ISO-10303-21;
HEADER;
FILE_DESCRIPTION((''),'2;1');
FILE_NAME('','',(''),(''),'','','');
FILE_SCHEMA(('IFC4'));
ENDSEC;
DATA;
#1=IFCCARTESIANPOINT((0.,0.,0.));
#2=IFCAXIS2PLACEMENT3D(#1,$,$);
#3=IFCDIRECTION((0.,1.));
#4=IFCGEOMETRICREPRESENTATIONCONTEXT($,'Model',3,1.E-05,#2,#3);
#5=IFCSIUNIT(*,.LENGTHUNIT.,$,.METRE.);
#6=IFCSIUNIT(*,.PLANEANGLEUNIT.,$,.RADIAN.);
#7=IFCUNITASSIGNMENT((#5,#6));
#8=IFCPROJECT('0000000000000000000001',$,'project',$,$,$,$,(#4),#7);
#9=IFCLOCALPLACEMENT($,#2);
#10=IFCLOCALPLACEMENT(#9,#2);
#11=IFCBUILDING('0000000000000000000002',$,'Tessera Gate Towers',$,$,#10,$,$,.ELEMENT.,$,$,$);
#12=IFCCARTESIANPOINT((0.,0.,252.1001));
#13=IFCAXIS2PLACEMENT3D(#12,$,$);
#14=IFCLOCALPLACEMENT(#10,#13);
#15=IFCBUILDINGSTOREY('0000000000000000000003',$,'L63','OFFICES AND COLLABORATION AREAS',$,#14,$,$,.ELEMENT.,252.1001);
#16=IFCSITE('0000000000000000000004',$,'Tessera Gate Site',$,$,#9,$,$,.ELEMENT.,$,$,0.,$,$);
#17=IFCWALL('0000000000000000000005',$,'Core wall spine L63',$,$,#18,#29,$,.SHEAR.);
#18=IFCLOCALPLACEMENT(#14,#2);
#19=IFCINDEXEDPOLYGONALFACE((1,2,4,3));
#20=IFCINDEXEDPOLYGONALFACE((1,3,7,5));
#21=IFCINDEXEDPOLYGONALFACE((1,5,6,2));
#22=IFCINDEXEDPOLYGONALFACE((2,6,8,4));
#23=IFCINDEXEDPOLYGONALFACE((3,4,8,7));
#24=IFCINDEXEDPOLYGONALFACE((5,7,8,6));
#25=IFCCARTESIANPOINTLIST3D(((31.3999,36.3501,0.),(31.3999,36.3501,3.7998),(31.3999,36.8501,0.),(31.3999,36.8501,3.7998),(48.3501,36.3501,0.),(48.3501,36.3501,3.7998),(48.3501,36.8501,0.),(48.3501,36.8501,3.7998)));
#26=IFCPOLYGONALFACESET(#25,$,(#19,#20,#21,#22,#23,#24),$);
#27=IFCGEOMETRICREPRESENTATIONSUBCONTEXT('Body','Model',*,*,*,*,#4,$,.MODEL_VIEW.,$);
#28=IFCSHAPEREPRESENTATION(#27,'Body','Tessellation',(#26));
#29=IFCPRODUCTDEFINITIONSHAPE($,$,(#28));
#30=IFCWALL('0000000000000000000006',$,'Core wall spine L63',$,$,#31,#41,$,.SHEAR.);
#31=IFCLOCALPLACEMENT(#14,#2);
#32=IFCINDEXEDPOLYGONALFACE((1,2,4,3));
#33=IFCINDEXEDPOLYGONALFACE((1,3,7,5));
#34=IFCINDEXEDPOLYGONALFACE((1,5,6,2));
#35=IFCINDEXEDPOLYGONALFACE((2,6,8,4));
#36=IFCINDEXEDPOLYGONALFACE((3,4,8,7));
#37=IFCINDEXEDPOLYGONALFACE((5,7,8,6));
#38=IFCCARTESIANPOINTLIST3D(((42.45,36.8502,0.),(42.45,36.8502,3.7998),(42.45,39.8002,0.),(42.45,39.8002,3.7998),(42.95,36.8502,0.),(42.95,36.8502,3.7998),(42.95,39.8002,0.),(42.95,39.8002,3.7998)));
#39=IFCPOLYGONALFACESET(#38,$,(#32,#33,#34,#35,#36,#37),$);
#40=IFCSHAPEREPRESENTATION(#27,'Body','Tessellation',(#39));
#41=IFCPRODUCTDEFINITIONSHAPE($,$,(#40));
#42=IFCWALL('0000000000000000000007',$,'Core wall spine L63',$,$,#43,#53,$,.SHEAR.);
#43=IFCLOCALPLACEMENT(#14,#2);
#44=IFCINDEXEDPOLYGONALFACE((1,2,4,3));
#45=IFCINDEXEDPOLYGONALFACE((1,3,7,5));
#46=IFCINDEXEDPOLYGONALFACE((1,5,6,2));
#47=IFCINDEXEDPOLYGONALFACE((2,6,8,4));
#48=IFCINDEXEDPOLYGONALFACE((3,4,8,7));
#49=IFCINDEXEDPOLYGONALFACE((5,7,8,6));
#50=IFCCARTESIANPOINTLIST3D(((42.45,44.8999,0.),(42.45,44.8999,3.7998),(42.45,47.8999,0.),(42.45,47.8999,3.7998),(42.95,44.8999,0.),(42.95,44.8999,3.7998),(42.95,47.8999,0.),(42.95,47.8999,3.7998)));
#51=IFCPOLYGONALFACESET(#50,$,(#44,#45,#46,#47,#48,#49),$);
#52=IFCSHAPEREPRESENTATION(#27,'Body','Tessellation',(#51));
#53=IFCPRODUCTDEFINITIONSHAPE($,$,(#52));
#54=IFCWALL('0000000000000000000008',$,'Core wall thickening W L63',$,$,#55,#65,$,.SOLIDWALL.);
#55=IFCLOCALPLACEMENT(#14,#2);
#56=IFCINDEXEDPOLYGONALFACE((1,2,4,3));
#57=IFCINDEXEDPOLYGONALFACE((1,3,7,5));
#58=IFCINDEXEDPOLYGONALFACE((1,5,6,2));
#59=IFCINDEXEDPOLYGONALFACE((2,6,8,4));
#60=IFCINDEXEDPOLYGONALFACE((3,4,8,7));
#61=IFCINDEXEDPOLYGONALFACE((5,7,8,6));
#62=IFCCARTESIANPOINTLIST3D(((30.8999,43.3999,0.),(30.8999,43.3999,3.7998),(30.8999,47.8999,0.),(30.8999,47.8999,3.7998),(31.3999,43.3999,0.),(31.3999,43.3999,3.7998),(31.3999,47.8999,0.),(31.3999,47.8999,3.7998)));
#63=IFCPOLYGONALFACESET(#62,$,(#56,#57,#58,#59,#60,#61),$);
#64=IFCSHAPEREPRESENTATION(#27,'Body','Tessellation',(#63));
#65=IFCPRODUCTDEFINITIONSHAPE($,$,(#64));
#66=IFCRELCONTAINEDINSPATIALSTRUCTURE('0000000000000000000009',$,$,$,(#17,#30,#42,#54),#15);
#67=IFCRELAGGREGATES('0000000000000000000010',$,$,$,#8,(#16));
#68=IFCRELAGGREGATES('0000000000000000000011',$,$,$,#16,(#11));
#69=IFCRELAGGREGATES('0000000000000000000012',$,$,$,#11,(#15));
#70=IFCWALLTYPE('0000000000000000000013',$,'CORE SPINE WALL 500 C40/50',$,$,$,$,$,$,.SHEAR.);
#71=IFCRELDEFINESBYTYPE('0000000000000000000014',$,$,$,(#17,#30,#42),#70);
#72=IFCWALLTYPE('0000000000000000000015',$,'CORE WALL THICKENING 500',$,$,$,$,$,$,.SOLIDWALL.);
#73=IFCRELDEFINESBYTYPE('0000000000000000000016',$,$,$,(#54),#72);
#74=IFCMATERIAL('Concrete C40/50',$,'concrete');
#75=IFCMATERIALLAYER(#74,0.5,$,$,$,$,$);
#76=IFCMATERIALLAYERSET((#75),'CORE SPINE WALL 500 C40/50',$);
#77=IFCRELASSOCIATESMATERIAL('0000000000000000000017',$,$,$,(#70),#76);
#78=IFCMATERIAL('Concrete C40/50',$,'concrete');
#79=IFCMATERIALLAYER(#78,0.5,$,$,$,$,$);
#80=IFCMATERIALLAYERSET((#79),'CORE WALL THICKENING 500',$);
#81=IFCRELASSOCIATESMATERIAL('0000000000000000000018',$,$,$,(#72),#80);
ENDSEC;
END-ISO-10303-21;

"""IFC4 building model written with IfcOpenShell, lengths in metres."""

from ifc_helpers import new_model, si_unit, direction, frame, frame_2d, origin, place, context, subcontext, project, spatial, rectangle, extrude, material, layer, layer_set, type_object, element, save


model = new_model("IFC4")

# Units and contexts
model_context = context("Model", 3, precision=1e-05, world=origin(), true_north=direction((0.0, 1.0)))
body_context = subcontext(model_context, "Body", "Model", "MODEL_VIEW")
ifc_project = project(units=[si_unit("LENGTHUNIT", "METRE"), si_unit("PLANEANGLEUNIT", "RADIAN")], contexts=[model_context])

# Site, building, storey
site_placement = place(None, origin())
site = spatial("IfcSite", under=ifc_project, at=site_placement, Name="Tessera Gate Site", CompositionType="ELEMENT", RefElevation=0.0)
building_placement = place(site_placement, origin())
building = spatial("IfcBuilding", under=site, at=building_placement, Name="Tessera Gate Towers", CompositionType="ELEMENT")
storey_placement = place(building_placement, frame((0.0, 0.0, 252.1001)))
storey = spatial("IfcBuildingStorey", under=building, at=storey_placement, Name="L63", Description="OFFICES AND COLLABORATION AREAS", CompositionType="ELEMENT", Elevation=252.1001)

# Walls
ifc_material_1 = material(Name="Concrete C40/50", Category="concrete")
ifc_layer_1 = layer(ifc_material_1, 0.5)
ifc_layer_set_1 = layer_set([ifc_layer_1], Name="CORE SPINE WALL 500 C40/50")
wall_type_1 = type_object("IfcWallType", Name="CORE SPINE WALL 500 C40/50", PredefinedType="SHEAR", material=ifc_layer_set_1)
wall_1_placement = place(storey_placement, frame((31.3999, 36.6001, 0.0), z_axis=(0.0, 0.0, 1.0), x_axis=(1.0, 0.0, 0.0)))
element("IfcWall", 1, at=wall_1_placement, inside=storey, type_object=wall_type_1, Name="Core wall spine L63", PredefinedType="SHEAR", context=body_context, shape_type="SweptSolid", body=[
    extrude(rectangle(XDim=16.9502, YDim=0.5, at=frame_2d((8.4751, 0.0))), origin(), (0.0, 0.0, 1.0), 3.7998),
])
wall_2_placement = place(storey_placement, frame((42.7, 36.8501, 0.0), z_axis=(0.0, 0.0, 1.0), x_axis=(0.0, 1.0, 0.0)))
element("IfcWall", 2, at=wall_2_placement, inside=storey, type_object=wall_type_1, Name="Core wall spine L63", PredefinedType="SHEAR", context=body_context, shape_type="SweptSolid", body=[
    extrude(rectangle(XDim=2.95, YDim=0.5, at=frame_2d((1.4751, 0.0))), origin(), (0.0, 0.0, 1.0), 3.7998),
])
wall_3_placement = place(storey_placement, frame((42.7, 44.8999, 0.0), z_axis=(0.0, 0.0, 1.0), x_axis=(0.0, 1.0, 0.0)))
element("IfcWall", 3, at=wall_3_placement, inside=storey, type_object=wall_type_1, Name="Core wall spine L63", PredefinedType="SHEAR", context=body_context, shape_type="SweptSolid", body=[
    extrude(rectangle(XDim=3.0, YDim=0.5, at=frame_2d((1.5, 0.0))), origin(), (0.0, 0.0, 1.0), 3.7998),
])
ifc_material_2 = material(Name="Concrete C40/50", Category="concrete")
ifc_layer_2 = layer(ifc_material_2, 0.5)
ifc_layer_set_2 = layer_set([ifc_layer_2], Name="CORE WALL THICKENING 500")
wall_type_2 = type_object("IfcWallType", Name="CORE WALL THICKENING 500", PredefinedType="SOLIDWALL", material=ifc_layer_set_2)
wall_4_placement = place(storey_placement, frame((31.1499, 43.3999, 0.0), z_axis=(0.0, 0.0, 1.0), x_axis=(0.0, 1.0, 0.0)))
element("IfcWall", 4, at=wall_4_placement, inside=storey, type_object=wall_type_2, Name="Core wall thickening W L63", PredefinedType="SOLIDWALL", context=body_context, shape_type="SweptSolid", body=[
    extrude(rectangle(XDim=4.5, YDim=0.5, at=frame_2d((2.25, 0.0))), origin(), (0.0, 0.0, 1.0), 3.7998),
])

save(model, "model.ifc")
